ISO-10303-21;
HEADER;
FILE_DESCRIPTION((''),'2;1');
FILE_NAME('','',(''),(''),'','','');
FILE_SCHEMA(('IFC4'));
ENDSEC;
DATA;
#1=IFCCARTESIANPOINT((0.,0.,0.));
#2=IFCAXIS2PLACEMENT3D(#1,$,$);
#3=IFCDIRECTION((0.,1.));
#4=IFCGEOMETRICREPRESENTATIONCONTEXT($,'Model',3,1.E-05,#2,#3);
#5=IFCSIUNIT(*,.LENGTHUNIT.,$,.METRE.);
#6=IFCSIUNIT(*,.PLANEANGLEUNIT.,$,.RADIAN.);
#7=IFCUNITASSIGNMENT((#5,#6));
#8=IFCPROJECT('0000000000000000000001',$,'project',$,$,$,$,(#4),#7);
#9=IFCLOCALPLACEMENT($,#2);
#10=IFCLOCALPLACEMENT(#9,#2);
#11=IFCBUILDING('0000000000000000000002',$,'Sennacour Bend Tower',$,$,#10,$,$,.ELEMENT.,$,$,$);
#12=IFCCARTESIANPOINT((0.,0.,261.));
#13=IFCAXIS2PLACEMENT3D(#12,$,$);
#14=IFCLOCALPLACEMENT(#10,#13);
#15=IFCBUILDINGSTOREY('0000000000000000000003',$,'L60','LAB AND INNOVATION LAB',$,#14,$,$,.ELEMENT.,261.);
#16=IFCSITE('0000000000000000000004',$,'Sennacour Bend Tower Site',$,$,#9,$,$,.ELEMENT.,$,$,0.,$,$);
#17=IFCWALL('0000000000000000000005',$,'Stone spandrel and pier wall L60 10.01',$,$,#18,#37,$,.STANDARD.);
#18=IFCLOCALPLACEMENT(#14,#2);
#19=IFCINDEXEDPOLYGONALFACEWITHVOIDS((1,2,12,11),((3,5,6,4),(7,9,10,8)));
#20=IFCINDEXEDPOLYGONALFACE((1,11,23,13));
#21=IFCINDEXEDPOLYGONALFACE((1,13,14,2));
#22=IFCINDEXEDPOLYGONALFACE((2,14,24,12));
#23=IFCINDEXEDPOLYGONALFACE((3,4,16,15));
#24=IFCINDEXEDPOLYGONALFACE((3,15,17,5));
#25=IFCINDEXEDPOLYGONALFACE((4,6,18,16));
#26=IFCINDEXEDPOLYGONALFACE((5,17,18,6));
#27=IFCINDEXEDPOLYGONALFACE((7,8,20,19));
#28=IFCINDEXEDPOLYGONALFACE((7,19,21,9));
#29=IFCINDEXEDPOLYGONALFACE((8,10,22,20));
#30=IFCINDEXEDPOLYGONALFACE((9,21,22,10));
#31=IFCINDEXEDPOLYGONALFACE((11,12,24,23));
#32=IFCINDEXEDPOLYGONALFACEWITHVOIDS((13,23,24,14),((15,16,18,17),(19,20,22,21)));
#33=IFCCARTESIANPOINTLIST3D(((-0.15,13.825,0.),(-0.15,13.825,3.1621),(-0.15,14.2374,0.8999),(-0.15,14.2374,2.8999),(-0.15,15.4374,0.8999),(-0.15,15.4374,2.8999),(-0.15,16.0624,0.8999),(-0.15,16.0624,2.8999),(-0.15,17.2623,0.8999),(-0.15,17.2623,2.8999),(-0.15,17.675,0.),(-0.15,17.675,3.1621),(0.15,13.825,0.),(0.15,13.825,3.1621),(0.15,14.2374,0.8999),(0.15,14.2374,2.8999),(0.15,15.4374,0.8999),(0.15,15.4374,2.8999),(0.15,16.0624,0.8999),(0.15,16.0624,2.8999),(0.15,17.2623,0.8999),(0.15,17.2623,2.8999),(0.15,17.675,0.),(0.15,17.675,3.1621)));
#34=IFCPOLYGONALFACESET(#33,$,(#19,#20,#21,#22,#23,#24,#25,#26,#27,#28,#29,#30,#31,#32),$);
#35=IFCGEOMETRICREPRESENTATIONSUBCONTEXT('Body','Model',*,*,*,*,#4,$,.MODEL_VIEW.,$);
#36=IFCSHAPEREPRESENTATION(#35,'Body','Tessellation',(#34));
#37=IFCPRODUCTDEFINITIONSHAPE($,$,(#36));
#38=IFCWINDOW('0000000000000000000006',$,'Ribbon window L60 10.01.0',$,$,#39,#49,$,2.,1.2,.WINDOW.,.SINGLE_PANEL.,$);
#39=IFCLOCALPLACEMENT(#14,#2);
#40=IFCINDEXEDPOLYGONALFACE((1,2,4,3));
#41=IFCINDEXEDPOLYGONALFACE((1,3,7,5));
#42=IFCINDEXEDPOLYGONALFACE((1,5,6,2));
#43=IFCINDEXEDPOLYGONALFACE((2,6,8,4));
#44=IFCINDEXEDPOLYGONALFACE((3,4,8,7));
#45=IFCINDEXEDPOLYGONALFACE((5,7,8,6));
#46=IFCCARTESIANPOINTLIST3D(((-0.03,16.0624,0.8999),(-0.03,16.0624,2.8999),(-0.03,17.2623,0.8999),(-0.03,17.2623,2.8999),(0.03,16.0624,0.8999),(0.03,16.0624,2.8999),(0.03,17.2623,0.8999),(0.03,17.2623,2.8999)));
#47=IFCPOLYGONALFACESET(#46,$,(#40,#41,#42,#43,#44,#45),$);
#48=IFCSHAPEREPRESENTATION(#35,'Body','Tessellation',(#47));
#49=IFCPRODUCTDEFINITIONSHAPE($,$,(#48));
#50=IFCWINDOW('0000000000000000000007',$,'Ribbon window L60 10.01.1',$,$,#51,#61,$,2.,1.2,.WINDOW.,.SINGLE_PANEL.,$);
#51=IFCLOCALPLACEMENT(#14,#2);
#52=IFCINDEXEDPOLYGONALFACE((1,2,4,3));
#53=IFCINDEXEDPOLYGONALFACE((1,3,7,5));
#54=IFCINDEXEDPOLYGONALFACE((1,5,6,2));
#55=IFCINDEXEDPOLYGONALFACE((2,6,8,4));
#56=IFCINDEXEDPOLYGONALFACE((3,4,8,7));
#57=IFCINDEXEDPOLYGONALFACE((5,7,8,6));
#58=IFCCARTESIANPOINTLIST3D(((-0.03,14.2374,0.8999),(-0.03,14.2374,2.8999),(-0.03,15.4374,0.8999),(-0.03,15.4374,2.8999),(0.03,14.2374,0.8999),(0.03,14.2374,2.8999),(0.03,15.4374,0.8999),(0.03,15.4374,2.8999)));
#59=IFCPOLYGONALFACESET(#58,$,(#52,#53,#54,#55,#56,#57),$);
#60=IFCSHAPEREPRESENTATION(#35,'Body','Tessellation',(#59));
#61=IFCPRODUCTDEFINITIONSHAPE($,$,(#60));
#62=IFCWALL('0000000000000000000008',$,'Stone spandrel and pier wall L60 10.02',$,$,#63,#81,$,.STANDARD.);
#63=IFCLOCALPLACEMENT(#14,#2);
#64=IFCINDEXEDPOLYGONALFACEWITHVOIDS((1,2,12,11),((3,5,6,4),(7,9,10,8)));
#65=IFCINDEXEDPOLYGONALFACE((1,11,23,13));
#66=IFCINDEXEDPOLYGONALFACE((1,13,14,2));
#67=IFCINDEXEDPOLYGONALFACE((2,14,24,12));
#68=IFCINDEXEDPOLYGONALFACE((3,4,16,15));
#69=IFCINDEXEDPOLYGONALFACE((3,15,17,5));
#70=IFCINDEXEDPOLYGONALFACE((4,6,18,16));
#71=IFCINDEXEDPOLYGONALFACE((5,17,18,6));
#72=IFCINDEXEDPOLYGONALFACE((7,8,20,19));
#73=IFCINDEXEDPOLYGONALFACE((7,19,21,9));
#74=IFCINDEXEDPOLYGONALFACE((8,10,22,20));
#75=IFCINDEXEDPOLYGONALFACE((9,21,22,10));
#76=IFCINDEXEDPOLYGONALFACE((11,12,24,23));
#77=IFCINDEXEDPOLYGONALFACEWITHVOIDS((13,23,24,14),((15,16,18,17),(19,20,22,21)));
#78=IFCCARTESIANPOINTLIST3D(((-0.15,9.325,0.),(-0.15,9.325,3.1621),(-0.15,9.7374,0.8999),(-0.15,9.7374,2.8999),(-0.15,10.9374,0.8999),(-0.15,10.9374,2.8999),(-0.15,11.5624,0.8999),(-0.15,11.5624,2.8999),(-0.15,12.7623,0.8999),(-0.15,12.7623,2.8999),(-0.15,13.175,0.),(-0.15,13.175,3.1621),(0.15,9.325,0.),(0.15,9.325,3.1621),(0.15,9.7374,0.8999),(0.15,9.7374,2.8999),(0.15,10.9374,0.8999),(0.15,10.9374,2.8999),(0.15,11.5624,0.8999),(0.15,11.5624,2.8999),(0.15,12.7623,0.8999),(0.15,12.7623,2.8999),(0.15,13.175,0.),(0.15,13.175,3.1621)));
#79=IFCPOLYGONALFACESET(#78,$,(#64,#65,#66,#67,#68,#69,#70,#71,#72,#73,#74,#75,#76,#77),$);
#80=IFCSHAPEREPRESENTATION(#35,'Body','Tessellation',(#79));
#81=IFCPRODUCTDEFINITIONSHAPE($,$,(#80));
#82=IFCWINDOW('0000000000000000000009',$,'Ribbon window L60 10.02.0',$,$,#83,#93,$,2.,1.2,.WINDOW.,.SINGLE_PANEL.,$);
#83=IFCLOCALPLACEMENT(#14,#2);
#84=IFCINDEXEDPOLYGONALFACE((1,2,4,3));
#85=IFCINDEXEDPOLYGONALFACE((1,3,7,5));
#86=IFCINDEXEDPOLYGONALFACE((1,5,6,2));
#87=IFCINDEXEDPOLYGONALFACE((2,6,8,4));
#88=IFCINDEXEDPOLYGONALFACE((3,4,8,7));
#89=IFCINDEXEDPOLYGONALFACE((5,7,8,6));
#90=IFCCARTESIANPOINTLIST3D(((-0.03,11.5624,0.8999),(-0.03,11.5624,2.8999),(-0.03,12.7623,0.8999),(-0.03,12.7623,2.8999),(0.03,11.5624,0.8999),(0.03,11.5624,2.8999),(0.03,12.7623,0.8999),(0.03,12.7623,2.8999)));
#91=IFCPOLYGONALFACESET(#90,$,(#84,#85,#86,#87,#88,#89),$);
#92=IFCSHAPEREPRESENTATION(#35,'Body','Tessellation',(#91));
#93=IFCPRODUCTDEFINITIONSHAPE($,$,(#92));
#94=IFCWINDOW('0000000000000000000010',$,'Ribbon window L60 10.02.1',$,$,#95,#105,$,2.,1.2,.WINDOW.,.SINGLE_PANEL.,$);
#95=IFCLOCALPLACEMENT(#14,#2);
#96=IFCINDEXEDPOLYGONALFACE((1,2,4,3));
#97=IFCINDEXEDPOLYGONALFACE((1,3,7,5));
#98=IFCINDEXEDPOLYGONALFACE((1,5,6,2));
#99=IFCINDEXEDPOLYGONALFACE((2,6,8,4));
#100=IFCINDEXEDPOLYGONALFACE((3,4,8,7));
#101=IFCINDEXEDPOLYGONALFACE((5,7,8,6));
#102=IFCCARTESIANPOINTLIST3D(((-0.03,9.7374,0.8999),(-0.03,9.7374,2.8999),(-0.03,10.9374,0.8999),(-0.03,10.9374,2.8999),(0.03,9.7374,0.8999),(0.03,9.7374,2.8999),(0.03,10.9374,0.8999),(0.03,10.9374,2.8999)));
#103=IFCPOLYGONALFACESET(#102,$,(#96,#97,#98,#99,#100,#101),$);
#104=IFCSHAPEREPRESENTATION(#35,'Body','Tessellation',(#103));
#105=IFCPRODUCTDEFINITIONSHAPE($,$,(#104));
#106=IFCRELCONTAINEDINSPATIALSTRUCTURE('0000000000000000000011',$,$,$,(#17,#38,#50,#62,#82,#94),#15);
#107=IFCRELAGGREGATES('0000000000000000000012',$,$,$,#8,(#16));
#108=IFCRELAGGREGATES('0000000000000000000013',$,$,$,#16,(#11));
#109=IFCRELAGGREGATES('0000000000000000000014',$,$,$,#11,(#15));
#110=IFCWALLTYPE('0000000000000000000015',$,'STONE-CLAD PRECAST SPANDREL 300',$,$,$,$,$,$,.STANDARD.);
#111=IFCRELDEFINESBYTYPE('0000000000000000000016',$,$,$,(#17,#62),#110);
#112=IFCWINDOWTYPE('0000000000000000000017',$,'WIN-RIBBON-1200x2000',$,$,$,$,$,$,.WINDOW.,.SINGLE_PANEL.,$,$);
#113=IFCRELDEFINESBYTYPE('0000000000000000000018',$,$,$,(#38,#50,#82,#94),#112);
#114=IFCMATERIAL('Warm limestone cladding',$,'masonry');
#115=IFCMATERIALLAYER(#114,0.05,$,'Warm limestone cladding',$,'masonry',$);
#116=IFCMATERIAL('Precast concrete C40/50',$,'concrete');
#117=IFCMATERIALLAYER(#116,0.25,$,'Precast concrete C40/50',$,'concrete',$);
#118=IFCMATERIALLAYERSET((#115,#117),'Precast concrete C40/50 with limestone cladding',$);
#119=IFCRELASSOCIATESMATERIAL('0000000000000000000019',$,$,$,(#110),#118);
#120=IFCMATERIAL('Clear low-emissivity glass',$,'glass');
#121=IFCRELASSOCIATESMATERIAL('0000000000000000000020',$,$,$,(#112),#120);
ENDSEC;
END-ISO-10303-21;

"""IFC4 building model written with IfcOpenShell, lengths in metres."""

from ifc_helpers import new_model, si_unit, direction, frame, frame_2d, origin, place, context, subcontext, project, spatial, rectangle, extrude, material, layer, layer_set, type_object, element, fill, save


model = new_model("IFC4")

# Units and contexts
model_context = context("Model", 3, precision=1e-05, world=origin(), true_north=direction((0.0, 1.0)))
body_context = subcontext(model_context, "Body", "Model", "MODEL_VIEW")
ifc_project = project(units=[si_unit("LENGTHUNIT", "METRE"), si_unit("PLANEANGLEUNIT", "RADIAN")], contexts=[model_context])

# Site, building, storey
site_placement = place(None, origin())
site = spatial("IfcSite", under=ifc_project, at=site_placement, Name="Sennacour Bend Tower Site", CompositionType="ELEMENT", RefElevation=0.0)
building_placement = place(site_placement, origin())
building = spatial("IfcBuilding", under=site, at=building_placement, Name="Sennacour Bend Tower", CompositionType="ELEMENT")
storey_placement = place(building_placement, frame((0.0, 0.0, 261.0)))
storey = spatial("IfcBuildingStorey", under=building, at=storey_placement, Name="L60", Description="LAB AND INNOVATION LAB", CompositionType="ELEMENT", Elevation=261.0)

# Walls, openings, windows
ifc_material_1 = material(Name="Warm limestone cladding", Category="masonry")
ifc_layer_1 = layer(ifc_material_1, 0.05, Name="Warm limestone cladding", Category="masonry")
ifc_material_2 = material(Name="Precast concrete C40/50", Category="concrete")
ifc_layer_2 = layer(ifc_material_2, 0.25, Name="Precast concrete C40/50", Category="concrete")
ifc_layer_set_1 = layer_set([ifc_layer_1, ifc_layer_2], Name="Precast concrete C40/50 with limestone cladding")
wall_type_1 = type_object("IfcWallType", Name="STONE-CLAD PRECAST SPANDREL 300", PredefinedType="STANDARD", material=ifc_layer_set_1)
ifc_material_3 = material(Name="Clear low-emissivity glass", Category="glass")
window_type_1 = type_object("IfcWindowType", Name="WIN-RIBBON-1200x2000", PartitioningType="SINGLE_PANEL", PredefinedType="WINDOW", material=ifc_material_3)
wall_1_placement = place(storey_placement, frame((0.0, 17.675, 0.0), z_axis=(0.0, 0.0, 1.0), x_axis=(0.0, -1.0, 0.0)))
wall_1 = element("IfcWall", 1, at=wall_1_placement, inside=storey, type_object=wall_type_1, Name="Stone spandrel and pier wall L60 10.01", PredefinedType="STANDARD", context=body_context, shape_type="SweptSolid", body=[
    extrude(rectangle(XDim=3.8501, YDim=0.3, at=frame_2d((1.925, 0.0))), origin(), (0.0, 0.0, 1.0), 3.1621),
])
opening_1_placement = place(wall_1_placement, frame((0.4126, 0.0, 0.8999)))
opening_1 = element("IfcOpeningElement", 2, at=opening_1_placement, cuts=wall_1, PredefinedType="OPENING", context=body_context, shape_type="SweptSolid", body=[
    extrude(rectangle(XDim=1.2, YDim=2.0, at=frame_2d((0.6001, 1.0))), frame((0.0, 0.1602, 0.0), z_axis=(0.0, -1.0, 0.0), x_axis=(1.0, 0.0, 0.0)), (0.0, 0.0, 1.0), 0.3201),
])
opening_2_placement = place(wall_1_placement, frame((2.2375, 0.0, 0.8999)))
opening_2 = element("IfcOpeningElement", 3, at=opening_2_placement, cuts=wall_1, PredefinedType="OPENING", context=body_context, shape_type="SweptSolid", body=[
    extrude(rectangle(XDim=1.2, YDim=2.0, at=frame_2d((0.6001, 1.0))), frame((0.0, 0.1602, 0.0), z_axis=(0.0, -1.0, 0.0), x_axis=(1.0, 0.0, 0.0)), (0.0, 0.0, 1.0), 0.3201),
])
window_1_placement = place(opening_1_placement, origin())
window_1 = element("IfcWindow", 4, at=window_1_placement, inside=storey, type_object=window_type_1, Name="Ribbon window L60 10.01.0", OverallHeight=2.0, OverallWidth=1.2, PartitioningType="SINGLE_PANEL", PredefinedType="WINDOW", context=body_context, shape_type="SweptSolid", body=[
    extrude(rectangle(XDim=1.2, YDim=2.0, at=frame_2d((0.6001, 1.0))), frame((0.0, 0.03, 0.0), z_axis=(0.0, -1.0, 0.0), x_axis=(1.0, 0.0, 0.0)), (0.0, 0.0, 1.0), 0.0601),
])
fill(opening_1, window_1)
window_2_placement = place(opening_2_placement, origin())
window_2 = element("IfcWindow", 5, at=window_2_placement, inside=storey, type_object=window_type_1, Name="Ribbon window L60 10.01.1", OverallHeight=2.0, OverallWidth=1.2, PartitioningType="SINGLE_PANEL", PredefinedType="WINDOW", context=body_context, shape_type="SweptSolid", body=[
    extrude(rectangle(XDim=1.2, YDim=2.0, at=frame_2d((0.6001, 1.0))), frame((0.0, 0.03, 0.0), z_axis=(0.0, -1.0, 0.0), x_axis=(1.0, 0.0, 0.0)), (0.0, 0.0, 1.0), 0.0601),
])
fill(opening_2, window_2)
wall_2_placement = place(storey_placement, frame((0.0, 13.175, 0.0), z_axis=(0.0, 0.0, 1.0), x_axis=(0.0, -1.0, 0.0)))
wall_2 = element("IfcWall", 6, at=wall_2_placement, inside=storey, type_object=wall_type_1, Name="Stone spandrel and pier wall L60 10.02", PredefinedType="STANDARD", context=body_context, shape_type="SweptSolid", body=[
    extrude(rectangle(XDim=3.8501, YDim=0.3, at=frame_2d((1.925, 0.0))), origin(), (0.0, 0.0, 1.0), 3.1621),
])
opening_3_placement = place(wall_2_placement, frame((0.4126, 0.0, 0.8999)))
opening_3 = element("IfcOpeningElement", 7, at=opening_3_placement, cuts=wall_2, PredefinedType="OPENING", context=body_context, shape_type="SweptSolid", body=[
    extrude(rectangle(XDim=1.2, YDim=2.0, at=frame_2d((0.6001, 1.0))), frame((0.0, 0.1602, 0.0), z_axis=(0.0, -1.0, 0.0), x_axis=(1.0, 0.0, 0.0)), (0.0, 0.0, 1.0), 0.3201),
])
opening_4_placement = place(wall_2_placement, frame((2.2375, 0.0, 0.8999)))
opening_4 = element("IfcOpeningElement", 8, at=opening_4_placement, cuts=wall_2, PredefinedType="OPENING", context=body_context, shape_type="SweptSolid", body=[
    extrude(rectangle(XDim=1.2, YDim=2.0, at=frame_2d((0.6001, 1.0))), frame((0.0, 0.1602, 0.0), z_axis=(0.0, -1.0, 0.0), x_axis=(1.0, 0.0, 0.0)), (0.0, 0.0, 1.0), 0.3201),
])
window_3_placement = place(opening_3_placement, origin())
window_3 = element("IfcWindow", 9, at=window_3_placement, inside=storey, type_object=window_type_1, Name="Ribbon window L60 10.02.0", OverallHeight=2.0, OverallWidth=1.2, PartitioningType="SINGLE_PANEL", PredefinedType="WINDOW", context=body_context, shape_type="SweptSolid", body=[
    extrude(rectangle(XDim=1.2, YDim=2.0, at=frame_2d((0.6001, 1.0))), frame((0.0, 0.03, 0.0), z_axis=(0.0, -1.0, 0.0), x_axis=(1.0, 0.0, 0.0)), (0.0, 0.0, 1.0), 0.0601),
])
fill(opening_3, window_3)
window_4_placement = place(opening_4_placement, origin())
window_4 = element("IfcWindow", 10, at=window_4_placement, inside=storey, type_object=window_type_1, Name="Ribbon window L60 10.02.1", OverallHeight=2.0, OverallWidth=1.2, PartitioningType="SINGLE_PANEL", PredefinedType="WINDOW", context=body_context, shape_type="SweptSolid", body=[
    extrude(rectangle(XDim=1.2, YDim=2.0, at=frame_2d((0.6001, 1.0))), frame((0.0, 0.03, 0.0), z_axis=(0.0, -1.0, 0.0), x_axis=(1.0, 0.0, 0.0)), (0.0, 0.0, 1.0), 0.0601),
])
fill(opening_4, window_4)

save(model, "model.ifc")
